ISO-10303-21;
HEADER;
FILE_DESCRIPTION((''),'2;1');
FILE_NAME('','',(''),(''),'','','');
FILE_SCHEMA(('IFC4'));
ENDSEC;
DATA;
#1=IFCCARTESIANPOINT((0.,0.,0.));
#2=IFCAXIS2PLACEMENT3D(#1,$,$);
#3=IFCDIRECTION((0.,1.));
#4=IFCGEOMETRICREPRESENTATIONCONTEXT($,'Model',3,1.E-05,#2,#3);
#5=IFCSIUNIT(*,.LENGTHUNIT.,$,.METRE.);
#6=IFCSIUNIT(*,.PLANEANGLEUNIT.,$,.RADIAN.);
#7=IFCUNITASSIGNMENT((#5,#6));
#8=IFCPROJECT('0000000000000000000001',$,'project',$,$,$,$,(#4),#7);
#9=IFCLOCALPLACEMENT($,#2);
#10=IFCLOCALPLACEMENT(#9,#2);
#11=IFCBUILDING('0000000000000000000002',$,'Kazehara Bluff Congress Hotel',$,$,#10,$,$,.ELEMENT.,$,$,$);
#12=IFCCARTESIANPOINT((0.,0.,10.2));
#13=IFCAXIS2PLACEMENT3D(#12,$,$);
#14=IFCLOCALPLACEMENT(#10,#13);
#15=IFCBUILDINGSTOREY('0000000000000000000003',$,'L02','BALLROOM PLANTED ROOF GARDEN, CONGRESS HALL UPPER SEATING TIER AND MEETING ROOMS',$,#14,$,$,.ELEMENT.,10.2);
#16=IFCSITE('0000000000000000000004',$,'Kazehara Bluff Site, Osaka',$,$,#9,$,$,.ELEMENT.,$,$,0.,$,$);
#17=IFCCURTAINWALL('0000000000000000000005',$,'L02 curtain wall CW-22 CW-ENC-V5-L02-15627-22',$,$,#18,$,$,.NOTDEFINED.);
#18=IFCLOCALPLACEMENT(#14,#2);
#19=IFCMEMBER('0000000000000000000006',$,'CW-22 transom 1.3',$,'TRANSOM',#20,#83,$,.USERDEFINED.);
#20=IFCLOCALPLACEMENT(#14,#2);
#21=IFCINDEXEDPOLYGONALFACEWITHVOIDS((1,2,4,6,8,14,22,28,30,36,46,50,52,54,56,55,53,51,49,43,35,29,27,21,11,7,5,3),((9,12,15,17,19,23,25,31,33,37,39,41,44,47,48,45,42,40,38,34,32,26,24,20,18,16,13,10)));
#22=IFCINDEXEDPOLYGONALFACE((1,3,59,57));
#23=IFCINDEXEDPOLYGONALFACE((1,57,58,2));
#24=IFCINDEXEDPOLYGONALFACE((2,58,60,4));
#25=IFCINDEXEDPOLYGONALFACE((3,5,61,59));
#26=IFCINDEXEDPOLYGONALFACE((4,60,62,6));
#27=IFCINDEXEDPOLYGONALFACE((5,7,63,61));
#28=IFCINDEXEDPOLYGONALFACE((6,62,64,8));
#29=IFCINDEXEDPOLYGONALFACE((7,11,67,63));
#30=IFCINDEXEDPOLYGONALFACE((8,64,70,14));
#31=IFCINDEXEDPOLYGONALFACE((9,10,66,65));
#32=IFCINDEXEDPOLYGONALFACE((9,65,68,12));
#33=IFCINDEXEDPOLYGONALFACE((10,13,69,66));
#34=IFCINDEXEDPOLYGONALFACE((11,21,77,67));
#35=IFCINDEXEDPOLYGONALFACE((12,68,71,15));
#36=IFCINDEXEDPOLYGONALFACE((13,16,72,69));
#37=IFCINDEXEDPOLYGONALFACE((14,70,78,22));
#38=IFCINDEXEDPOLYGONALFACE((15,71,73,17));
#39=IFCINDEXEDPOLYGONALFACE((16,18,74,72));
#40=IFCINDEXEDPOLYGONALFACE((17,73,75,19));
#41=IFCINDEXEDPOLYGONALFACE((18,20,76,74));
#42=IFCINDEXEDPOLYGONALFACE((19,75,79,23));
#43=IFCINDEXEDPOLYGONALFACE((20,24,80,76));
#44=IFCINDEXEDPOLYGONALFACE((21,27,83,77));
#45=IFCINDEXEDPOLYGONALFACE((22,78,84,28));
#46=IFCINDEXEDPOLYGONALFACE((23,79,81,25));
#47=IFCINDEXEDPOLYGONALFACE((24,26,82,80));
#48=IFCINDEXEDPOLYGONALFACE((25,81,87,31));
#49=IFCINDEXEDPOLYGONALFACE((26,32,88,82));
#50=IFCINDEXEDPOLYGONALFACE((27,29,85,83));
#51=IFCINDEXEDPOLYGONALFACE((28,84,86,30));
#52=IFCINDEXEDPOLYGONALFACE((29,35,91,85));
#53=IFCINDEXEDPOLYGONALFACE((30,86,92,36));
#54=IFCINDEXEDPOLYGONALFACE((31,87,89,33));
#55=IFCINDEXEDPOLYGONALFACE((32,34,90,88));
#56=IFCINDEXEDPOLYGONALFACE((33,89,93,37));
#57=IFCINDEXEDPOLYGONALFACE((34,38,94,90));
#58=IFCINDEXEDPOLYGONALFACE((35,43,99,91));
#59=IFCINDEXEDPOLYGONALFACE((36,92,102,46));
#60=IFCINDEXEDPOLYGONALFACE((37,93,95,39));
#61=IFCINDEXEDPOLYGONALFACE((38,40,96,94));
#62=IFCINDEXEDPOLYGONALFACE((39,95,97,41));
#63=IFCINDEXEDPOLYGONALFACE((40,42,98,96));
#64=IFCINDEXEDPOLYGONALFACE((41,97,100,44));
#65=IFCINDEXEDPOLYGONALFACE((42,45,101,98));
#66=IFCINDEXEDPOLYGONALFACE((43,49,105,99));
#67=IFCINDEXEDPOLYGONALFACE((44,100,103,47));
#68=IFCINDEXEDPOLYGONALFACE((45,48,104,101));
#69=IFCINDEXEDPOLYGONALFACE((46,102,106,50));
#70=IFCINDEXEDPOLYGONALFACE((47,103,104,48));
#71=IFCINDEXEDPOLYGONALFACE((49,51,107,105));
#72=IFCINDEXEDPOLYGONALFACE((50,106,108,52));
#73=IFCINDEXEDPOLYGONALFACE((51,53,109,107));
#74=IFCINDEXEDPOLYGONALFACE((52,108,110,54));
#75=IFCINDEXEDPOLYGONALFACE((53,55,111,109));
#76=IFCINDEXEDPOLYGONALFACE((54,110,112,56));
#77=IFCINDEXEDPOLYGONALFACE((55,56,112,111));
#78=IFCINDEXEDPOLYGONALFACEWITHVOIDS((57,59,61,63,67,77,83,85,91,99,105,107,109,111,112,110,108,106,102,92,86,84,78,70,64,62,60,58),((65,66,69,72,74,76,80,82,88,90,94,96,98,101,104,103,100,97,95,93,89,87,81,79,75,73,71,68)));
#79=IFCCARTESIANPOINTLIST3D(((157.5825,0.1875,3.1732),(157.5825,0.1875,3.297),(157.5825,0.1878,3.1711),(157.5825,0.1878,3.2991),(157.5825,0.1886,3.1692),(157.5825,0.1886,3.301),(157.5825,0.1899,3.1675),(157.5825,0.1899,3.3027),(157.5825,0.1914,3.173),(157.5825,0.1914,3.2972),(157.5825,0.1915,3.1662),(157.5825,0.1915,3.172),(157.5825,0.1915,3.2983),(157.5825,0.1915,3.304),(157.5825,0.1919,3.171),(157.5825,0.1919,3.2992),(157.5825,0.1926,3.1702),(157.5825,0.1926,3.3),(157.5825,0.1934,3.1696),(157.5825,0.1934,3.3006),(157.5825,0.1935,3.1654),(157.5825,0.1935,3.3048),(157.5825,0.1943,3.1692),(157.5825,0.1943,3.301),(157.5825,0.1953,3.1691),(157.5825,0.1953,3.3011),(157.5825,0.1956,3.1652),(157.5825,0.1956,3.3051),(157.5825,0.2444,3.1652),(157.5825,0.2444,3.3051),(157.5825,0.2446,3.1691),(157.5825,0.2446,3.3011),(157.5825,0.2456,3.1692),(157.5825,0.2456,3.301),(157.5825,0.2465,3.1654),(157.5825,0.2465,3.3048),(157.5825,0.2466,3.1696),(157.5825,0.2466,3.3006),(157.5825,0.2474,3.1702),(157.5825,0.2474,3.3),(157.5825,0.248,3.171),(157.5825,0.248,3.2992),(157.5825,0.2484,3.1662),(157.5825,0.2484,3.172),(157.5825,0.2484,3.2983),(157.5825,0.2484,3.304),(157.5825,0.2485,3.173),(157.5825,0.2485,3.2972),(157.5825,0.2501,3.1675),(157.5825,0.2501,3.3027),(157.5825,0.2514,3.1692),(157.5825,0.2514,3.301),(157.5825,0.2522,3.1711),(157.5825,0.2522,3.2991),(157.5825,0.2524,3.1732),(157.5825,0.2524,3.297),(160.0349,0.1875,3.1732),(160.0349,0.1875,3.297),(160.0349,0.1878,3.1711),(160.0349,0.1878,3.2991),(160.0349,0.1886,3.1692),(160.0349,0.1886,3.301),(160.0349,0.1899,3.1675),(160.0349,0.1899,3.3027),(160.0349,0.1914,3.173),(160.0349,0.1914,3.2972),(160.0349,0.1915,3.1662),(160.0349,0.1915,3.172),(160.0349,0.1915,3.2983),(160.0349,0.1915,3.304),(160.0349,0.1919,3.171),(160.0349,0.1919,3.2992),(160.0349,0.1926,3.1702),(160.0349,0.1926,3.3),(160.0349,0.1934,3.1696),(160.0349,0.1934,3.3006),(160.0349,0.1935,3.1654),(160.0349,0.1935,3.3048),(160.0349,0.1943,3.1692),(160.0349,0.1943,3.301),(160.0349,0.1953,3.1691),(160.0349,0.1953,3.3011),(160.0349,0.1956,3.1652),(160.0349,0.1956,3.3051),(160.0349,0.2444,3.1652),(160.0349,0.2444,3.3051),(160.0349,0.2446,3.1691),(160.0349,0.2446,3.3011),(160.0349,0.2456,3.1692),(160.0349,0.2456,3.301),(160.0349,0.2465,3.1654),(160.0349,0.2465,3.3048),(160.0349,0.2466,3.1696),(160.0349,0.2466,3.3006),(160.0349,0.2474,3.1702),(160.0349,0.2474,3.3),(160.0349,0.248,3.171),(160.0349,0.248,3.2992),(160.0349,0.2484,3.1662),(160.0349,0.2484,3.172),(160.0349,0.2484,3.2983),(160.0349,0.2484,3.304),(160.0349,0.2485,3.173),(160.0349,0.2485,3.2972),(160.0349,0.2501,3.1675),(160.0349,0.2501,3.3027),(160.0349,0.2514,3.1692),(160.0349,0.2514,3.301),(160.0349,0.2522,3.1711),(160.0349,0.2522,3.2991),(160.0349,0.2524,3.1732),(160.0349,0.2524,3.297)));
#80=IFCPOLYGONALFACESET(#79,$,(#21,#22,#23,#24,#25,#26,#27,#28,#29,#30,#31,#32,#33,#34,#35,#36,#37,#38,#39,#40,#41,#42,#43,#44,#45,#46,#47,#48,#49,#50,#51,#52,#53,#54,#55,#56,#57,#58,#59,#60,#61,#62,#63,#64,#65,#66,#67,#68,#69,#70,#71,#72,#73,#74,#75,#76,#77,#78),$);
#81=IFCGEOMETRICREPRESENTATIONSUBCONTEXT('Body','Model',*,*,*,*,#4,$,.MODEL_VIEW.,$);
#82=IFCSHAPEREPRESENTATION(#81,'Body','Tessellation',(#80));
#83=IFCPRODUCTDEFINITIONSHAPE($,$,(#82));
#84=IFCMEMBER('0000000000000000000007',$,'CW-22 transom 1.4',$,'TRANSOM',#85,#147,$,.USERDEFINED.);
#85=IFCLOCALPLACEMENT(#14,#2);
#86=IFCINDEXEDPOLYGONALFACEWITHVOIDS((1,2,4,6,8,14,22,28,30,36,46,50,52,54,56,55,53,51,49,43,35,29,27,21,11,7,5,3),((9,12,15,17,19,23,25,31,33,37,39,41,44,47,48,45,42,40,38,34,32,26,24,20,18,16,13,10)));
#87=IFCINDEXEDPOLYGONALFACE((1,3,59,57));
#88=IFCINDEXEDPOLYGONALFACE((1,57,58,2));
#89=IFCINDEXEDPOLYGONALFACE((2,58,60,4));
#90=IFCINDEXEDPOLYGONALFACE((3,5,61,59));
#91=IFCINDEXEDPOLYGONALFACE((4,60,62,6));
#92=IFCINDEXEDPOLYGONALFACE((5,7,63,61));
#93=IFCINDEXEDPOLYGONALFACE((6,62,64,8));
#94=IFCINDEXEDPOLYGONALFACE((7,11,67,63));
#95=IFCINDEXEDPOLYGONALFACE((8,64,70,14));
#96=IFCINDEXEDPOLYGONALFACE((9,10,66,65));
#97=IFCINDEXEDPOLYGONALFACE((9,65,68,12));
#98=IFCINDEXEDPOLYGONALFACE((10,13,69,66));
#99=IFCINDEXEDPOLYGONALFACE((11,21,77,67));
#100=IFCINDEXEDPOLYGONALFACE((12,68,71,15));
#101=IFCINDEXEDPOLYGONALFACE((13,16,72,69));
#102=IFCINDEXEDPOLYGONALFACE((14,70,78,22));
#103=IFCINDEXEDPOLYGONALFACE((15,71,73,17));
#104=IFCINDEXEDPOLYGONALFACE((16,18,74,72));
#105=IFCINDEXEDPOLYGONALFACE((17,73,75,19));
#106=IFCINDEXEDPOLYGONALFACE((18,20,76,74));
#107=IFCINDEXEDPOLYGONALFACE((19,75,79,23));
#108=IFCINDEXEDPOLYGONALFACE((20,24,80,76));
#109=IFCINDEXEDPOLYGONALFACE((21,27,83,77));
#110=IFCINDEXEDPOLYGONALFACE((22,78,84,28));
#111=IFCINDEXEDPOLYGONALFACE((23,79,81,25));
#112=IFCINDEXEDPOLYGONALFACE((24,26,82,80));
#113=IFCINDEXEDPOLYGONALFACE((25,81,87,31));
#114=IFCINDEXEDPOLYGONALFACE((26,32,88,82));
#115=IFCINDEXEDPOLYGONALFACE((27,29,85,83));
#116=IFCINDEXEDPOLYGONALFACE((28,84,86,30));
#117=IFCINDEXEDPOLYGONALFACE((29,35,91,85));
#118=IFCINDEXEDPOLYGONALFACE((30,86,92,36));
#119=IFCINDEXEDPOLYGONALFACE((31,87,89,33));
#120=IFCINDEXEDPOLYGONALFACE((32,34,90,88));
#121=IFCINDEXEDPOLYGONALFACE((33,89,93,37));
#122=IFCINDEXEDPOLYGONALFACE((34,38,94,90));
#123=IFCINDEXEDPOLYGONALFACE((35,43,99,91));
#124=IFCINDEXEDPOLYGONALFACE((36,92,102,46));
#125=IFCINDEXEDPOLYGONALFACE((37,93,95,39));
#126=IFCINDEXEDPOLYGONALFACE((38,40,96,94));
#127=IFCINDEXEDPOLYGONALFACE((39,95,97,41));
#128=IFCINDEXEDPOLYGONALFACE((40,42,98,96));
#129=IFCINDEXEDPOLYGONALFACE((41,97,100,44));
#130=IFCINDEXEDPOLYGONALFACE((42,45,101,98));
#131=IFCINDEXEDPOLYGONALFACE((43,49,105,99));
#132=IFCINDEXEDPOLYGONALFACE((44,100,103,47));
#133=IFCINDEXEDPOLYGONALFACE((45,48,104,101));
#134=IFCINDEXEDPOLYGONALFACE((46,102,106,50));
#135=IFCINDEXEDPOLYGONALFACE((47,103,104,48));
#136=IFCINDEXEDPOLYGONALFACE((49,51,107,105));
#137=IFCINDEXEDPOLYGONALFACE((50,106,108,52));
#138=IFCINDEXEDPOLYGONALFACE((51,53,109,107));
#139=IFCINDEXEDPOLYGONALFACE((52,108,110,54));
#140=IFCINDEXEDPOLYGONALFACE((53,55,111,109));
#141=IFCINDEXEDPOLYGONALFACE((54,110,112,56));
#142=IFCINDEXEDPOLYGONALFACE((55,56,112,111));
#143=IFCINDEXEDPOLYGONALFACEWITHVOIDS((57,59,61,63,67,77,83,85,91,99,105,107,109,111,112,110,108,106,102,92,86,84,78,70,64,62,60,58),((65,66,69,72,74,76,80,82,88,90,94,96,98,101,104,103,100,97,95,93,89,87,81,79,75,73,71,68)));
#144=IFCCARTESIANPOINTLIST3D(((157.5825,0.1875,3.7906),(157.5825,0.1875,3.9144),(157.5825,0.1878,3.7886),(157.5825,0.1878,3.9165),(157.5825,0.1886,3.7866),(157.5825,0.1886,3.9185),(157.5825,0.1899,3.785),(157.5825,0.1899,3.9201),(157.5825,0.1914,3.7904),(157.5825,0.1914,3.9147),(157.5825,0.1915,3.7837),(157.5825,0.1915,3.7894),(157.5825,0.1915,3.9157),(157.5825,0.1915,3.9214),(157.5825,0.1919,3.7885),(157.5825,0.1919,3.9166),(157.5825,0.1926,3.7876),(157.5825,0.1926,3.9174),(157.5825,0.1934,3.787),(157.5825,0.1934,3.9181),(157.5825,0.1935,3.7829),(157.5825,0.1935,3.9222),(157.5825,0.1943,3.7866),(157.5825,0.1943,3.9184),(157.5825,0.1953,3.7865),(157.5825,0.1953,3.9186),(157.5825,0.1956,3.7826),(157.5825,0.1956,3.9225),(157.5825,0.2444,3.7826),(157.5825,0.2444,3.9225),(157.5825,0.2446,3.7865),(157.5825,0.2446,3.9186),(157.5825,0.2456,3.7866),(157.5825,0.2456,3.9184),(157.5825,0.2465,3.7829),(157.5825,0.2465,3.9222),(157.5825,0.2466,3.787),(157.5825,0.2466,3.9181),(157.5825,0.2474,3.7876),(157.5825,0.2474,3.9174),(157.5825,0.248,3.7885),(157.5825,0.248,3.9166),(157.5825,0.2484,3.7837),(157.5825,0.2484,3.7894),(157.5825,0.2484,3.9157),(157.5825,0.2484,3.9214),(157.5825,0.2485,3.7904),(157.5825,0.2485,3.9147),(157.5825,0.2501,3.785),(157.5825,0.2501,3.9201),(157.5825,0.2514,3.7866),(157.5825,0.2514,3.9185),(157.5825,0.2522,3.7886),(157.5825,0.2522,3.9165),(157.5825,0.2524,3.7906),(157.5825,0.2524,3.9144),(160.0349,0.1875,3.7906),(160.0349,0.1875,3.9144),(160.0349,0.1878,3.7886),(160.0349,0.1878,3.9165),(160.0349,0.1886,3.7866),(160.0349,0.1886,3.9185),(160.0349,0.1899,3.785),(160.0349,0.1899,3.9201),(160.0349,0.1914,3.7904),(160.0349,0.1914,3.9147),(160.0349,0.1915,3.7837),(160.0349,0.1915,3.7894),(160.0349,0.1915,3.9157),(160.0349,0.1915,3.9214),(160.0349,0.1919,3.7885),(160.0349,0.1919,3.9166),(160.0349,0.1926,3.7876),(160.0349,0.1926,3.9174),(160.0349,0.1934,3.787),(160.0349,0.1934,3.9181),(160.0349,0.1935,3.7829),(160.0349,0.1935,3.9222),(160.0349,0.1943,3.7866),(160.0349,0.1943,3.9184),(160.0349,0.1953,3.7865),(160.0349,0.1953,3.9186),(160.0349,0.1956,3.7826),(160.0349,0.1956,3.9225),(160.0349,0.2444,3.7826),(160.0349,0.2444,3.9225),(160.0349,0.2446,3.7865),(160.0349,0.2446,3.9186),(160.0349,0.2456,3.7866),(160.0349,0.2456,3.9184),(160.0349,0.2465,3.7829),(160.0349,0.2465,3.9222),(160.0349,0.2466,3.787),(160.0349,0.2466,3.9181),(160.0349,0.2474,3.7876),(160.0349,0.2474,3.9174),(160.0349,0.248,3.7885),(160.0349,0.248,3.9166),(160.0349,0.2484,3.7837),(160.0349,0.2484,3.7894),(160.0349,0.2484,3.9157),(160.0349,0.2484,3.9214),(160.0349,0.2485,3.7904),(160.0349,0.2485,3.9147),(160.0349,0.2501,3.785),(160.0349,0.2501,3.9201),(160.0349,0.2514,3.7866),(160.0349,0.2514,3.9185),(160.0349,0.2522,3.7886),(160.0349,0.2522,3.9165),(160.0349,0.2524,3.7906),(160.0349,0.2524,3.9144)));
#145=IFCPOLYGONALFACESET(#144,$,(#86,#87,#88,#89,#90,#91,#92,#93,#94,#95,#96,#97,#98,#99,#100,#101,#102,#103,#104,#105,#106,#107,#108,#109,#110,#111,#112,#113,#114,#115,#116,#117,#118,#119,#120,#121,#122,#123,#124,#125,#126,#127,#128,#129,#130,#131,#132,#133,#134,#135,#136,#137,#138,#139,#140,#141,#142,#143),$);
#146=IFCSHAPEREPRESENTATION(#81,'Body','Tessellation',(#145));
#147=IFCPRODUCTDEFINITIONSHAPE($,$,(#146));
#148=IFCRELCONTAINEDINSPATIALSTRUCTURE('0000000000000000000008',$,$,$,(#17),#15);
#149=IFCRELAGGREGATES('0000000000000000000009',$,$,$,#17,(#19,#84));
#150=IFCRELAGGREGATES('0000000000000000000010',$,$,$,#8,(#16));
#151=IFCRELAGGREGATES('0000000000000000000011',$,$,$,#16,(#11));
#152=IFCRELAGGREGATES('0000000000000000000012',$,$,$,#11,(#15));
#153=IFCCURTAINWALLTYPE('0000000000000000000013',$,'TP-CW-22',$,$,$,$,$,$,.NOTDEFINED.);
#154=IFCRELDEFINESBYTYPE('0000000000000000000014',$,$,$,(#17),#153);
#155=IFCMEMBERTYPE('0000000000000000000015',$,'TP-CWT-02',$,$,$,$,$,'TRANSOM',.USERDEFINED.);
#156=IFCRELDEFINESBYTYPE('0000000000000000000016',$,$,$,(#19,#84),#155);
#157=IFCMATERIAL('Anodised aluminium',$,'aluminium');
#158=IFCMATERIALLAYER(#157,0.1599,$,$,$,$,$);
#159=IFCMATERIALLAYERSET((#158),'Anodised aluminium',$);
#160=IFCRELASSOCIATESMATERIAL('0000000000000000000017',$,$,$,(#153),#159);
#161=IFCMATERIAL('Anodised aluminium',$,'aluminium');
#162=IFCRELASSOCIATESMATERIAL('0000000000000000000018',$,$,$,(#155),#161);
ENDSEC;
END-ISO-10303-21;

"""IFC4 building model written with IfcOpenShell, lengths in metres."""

from ifc_helpers import new_model, si_unit, direction, frame, origin, origin_2d, place, context, subcontext, project, spatial, hollow_rectangle, extrude, material, layer, layer_set, material_profile, profile_set, type_object, element, aggregate, save


model = new_model("IFC4")

# Units and contexts
model_context = context("Model", 3, precision=1e-05, world=origin(), true_north=direction((0.0, 1.0)))
body_context = subcontext(model_context, "Body", "Model", "MODEL_VIEW")
ifc_project = project(units=[si_unit("LENGTHUNIT", "METRE"), si_unit("PLANEANGLEUNIT", "RADIAN")], contexts=[model_context])

# Site, building, storey
site_placement = place(None, origin())
site = spatial("IfcSite", under=ifc_project, at=site_placement, Name="Kazehara Bluff Site, Osaka", CompositionType="ELEMENT", RefElevation=0.0)
building_placement = place(site_placement, origin())
building = spatial("IfcBuilding", under=site, at=building_placement, Name="Kazehara Bluff Congress Hotel", CompositionType="ELEMENT")
storey_placement = place(building_placement, frame((0.0, 0.0, 10.2)))
storey = spatial("IfcBuildingStorey", under=building, at=storey_placement, Name="L02", Description="BALLROOM PLANTED ROOF GARDEN, CONGRESS HALL UPPER SEATING TIER AND MEETING ROOMS", CompositionType="ELEMENT", Elevation=10.2)

# Curtain wall
ifc_material_1 = material(Name="Anodised aluminium", Category="aluminium")
ifc_layer_1 = layer(ifc_material_1, 0.1599)
ifc_layer_set_1 = layer_set([ifc_layer_1], Name="Anodised aluminium")
curtain_wall_type_1 = type_object("IfcCurtainWallType", Name="TP-CW-22", PredefinedType="NOTDEFINED", material=ifc_layer_set_1)
curtain_wall_1_placement = place(storey_placement, origin())
curtain_wall_1 = element("IfcCurtainWall", 1, at=curtain_wall_1_placement, inside=storey, type_object=curtain_wall_type_1, Name="L02 curtain wall CW-22 CW-ENC-V5-L02-15627-22", PredefinedType="NOTDEFINED")

# Members
ifc_material_2 = material(Name="Anodised aluminium", Category="aluminium")
ifc_material_profile_1 = material_profile(ifc_material_2, hollow_rectangle(XDim=0.0649, YDim=0.1399, WallThickness=0.0039, InnerFilletRadius=0.0039, OuterFilletRadius=0.0081, at=origin_2d()))
ifc_profile_set_1 = profile_set([ifc_material_profile_1], Name="Anodised aluminium")
member_type_1 = type_object("IfcMemberType", Name="TP-CWT-02", ElementType="TRANSOM", PredefinedType="USERDEFINED", material=ifc_profile_set_1)
member_1_placement = place(storey_placement, frame((160.0349, 0.22, 3.2351), z_axis=(-1.0, 0.0, 0.0), x_axis=(0.0, -1.0, 0.0)))
member_1 = element("IfcMember", 2, at=member_1_placement, type_object=member_type_1, Name="CW-22 transom 1.3", ObjectType="TRANSOM", PredefinedType="USERDEFINED", context=body_context, shape_type="SweptSolid", body=[
    extrude(hollow_rectangle(XDim=0.0649, YDim=0.1399, WallThickness=0.0039, InnerFilletRadius=0.0039, OuterFilletRadius=0.0081, at=origin_2d()), origin(), (0.0, 0.0, 1.0), 2.4524),
])
member_2_placement = place(storey_placement, frame((160.0349, 0.22, 3.8525), z_axis=(-1.0, 0.0, 0.0), x_axis=(0.0, -1.0, 0.0)))
member_2 = element("IfcMember", 3, at=member_2_placement, type_object=member_type_1, Name="CW-22 transom 1.4", ObjectType="TRANSOM", PredefinedType="USERDEFINED", context=body_context, shape_type="SweptSolid", body=[
    extrude(hollow_rectangle(XDim=0.0649, YDim=0.1399, WallThickness=0.0039, InnerFilletRadius=0.0039, OuterFilletRadius=0.0081, at=origin_2d()), origin(), (0.0, 0.0, 1.0), 2.4524),
])

aggregate(curtain_wall_1, [member_1, member_2])

save(model, "model.ifc")
